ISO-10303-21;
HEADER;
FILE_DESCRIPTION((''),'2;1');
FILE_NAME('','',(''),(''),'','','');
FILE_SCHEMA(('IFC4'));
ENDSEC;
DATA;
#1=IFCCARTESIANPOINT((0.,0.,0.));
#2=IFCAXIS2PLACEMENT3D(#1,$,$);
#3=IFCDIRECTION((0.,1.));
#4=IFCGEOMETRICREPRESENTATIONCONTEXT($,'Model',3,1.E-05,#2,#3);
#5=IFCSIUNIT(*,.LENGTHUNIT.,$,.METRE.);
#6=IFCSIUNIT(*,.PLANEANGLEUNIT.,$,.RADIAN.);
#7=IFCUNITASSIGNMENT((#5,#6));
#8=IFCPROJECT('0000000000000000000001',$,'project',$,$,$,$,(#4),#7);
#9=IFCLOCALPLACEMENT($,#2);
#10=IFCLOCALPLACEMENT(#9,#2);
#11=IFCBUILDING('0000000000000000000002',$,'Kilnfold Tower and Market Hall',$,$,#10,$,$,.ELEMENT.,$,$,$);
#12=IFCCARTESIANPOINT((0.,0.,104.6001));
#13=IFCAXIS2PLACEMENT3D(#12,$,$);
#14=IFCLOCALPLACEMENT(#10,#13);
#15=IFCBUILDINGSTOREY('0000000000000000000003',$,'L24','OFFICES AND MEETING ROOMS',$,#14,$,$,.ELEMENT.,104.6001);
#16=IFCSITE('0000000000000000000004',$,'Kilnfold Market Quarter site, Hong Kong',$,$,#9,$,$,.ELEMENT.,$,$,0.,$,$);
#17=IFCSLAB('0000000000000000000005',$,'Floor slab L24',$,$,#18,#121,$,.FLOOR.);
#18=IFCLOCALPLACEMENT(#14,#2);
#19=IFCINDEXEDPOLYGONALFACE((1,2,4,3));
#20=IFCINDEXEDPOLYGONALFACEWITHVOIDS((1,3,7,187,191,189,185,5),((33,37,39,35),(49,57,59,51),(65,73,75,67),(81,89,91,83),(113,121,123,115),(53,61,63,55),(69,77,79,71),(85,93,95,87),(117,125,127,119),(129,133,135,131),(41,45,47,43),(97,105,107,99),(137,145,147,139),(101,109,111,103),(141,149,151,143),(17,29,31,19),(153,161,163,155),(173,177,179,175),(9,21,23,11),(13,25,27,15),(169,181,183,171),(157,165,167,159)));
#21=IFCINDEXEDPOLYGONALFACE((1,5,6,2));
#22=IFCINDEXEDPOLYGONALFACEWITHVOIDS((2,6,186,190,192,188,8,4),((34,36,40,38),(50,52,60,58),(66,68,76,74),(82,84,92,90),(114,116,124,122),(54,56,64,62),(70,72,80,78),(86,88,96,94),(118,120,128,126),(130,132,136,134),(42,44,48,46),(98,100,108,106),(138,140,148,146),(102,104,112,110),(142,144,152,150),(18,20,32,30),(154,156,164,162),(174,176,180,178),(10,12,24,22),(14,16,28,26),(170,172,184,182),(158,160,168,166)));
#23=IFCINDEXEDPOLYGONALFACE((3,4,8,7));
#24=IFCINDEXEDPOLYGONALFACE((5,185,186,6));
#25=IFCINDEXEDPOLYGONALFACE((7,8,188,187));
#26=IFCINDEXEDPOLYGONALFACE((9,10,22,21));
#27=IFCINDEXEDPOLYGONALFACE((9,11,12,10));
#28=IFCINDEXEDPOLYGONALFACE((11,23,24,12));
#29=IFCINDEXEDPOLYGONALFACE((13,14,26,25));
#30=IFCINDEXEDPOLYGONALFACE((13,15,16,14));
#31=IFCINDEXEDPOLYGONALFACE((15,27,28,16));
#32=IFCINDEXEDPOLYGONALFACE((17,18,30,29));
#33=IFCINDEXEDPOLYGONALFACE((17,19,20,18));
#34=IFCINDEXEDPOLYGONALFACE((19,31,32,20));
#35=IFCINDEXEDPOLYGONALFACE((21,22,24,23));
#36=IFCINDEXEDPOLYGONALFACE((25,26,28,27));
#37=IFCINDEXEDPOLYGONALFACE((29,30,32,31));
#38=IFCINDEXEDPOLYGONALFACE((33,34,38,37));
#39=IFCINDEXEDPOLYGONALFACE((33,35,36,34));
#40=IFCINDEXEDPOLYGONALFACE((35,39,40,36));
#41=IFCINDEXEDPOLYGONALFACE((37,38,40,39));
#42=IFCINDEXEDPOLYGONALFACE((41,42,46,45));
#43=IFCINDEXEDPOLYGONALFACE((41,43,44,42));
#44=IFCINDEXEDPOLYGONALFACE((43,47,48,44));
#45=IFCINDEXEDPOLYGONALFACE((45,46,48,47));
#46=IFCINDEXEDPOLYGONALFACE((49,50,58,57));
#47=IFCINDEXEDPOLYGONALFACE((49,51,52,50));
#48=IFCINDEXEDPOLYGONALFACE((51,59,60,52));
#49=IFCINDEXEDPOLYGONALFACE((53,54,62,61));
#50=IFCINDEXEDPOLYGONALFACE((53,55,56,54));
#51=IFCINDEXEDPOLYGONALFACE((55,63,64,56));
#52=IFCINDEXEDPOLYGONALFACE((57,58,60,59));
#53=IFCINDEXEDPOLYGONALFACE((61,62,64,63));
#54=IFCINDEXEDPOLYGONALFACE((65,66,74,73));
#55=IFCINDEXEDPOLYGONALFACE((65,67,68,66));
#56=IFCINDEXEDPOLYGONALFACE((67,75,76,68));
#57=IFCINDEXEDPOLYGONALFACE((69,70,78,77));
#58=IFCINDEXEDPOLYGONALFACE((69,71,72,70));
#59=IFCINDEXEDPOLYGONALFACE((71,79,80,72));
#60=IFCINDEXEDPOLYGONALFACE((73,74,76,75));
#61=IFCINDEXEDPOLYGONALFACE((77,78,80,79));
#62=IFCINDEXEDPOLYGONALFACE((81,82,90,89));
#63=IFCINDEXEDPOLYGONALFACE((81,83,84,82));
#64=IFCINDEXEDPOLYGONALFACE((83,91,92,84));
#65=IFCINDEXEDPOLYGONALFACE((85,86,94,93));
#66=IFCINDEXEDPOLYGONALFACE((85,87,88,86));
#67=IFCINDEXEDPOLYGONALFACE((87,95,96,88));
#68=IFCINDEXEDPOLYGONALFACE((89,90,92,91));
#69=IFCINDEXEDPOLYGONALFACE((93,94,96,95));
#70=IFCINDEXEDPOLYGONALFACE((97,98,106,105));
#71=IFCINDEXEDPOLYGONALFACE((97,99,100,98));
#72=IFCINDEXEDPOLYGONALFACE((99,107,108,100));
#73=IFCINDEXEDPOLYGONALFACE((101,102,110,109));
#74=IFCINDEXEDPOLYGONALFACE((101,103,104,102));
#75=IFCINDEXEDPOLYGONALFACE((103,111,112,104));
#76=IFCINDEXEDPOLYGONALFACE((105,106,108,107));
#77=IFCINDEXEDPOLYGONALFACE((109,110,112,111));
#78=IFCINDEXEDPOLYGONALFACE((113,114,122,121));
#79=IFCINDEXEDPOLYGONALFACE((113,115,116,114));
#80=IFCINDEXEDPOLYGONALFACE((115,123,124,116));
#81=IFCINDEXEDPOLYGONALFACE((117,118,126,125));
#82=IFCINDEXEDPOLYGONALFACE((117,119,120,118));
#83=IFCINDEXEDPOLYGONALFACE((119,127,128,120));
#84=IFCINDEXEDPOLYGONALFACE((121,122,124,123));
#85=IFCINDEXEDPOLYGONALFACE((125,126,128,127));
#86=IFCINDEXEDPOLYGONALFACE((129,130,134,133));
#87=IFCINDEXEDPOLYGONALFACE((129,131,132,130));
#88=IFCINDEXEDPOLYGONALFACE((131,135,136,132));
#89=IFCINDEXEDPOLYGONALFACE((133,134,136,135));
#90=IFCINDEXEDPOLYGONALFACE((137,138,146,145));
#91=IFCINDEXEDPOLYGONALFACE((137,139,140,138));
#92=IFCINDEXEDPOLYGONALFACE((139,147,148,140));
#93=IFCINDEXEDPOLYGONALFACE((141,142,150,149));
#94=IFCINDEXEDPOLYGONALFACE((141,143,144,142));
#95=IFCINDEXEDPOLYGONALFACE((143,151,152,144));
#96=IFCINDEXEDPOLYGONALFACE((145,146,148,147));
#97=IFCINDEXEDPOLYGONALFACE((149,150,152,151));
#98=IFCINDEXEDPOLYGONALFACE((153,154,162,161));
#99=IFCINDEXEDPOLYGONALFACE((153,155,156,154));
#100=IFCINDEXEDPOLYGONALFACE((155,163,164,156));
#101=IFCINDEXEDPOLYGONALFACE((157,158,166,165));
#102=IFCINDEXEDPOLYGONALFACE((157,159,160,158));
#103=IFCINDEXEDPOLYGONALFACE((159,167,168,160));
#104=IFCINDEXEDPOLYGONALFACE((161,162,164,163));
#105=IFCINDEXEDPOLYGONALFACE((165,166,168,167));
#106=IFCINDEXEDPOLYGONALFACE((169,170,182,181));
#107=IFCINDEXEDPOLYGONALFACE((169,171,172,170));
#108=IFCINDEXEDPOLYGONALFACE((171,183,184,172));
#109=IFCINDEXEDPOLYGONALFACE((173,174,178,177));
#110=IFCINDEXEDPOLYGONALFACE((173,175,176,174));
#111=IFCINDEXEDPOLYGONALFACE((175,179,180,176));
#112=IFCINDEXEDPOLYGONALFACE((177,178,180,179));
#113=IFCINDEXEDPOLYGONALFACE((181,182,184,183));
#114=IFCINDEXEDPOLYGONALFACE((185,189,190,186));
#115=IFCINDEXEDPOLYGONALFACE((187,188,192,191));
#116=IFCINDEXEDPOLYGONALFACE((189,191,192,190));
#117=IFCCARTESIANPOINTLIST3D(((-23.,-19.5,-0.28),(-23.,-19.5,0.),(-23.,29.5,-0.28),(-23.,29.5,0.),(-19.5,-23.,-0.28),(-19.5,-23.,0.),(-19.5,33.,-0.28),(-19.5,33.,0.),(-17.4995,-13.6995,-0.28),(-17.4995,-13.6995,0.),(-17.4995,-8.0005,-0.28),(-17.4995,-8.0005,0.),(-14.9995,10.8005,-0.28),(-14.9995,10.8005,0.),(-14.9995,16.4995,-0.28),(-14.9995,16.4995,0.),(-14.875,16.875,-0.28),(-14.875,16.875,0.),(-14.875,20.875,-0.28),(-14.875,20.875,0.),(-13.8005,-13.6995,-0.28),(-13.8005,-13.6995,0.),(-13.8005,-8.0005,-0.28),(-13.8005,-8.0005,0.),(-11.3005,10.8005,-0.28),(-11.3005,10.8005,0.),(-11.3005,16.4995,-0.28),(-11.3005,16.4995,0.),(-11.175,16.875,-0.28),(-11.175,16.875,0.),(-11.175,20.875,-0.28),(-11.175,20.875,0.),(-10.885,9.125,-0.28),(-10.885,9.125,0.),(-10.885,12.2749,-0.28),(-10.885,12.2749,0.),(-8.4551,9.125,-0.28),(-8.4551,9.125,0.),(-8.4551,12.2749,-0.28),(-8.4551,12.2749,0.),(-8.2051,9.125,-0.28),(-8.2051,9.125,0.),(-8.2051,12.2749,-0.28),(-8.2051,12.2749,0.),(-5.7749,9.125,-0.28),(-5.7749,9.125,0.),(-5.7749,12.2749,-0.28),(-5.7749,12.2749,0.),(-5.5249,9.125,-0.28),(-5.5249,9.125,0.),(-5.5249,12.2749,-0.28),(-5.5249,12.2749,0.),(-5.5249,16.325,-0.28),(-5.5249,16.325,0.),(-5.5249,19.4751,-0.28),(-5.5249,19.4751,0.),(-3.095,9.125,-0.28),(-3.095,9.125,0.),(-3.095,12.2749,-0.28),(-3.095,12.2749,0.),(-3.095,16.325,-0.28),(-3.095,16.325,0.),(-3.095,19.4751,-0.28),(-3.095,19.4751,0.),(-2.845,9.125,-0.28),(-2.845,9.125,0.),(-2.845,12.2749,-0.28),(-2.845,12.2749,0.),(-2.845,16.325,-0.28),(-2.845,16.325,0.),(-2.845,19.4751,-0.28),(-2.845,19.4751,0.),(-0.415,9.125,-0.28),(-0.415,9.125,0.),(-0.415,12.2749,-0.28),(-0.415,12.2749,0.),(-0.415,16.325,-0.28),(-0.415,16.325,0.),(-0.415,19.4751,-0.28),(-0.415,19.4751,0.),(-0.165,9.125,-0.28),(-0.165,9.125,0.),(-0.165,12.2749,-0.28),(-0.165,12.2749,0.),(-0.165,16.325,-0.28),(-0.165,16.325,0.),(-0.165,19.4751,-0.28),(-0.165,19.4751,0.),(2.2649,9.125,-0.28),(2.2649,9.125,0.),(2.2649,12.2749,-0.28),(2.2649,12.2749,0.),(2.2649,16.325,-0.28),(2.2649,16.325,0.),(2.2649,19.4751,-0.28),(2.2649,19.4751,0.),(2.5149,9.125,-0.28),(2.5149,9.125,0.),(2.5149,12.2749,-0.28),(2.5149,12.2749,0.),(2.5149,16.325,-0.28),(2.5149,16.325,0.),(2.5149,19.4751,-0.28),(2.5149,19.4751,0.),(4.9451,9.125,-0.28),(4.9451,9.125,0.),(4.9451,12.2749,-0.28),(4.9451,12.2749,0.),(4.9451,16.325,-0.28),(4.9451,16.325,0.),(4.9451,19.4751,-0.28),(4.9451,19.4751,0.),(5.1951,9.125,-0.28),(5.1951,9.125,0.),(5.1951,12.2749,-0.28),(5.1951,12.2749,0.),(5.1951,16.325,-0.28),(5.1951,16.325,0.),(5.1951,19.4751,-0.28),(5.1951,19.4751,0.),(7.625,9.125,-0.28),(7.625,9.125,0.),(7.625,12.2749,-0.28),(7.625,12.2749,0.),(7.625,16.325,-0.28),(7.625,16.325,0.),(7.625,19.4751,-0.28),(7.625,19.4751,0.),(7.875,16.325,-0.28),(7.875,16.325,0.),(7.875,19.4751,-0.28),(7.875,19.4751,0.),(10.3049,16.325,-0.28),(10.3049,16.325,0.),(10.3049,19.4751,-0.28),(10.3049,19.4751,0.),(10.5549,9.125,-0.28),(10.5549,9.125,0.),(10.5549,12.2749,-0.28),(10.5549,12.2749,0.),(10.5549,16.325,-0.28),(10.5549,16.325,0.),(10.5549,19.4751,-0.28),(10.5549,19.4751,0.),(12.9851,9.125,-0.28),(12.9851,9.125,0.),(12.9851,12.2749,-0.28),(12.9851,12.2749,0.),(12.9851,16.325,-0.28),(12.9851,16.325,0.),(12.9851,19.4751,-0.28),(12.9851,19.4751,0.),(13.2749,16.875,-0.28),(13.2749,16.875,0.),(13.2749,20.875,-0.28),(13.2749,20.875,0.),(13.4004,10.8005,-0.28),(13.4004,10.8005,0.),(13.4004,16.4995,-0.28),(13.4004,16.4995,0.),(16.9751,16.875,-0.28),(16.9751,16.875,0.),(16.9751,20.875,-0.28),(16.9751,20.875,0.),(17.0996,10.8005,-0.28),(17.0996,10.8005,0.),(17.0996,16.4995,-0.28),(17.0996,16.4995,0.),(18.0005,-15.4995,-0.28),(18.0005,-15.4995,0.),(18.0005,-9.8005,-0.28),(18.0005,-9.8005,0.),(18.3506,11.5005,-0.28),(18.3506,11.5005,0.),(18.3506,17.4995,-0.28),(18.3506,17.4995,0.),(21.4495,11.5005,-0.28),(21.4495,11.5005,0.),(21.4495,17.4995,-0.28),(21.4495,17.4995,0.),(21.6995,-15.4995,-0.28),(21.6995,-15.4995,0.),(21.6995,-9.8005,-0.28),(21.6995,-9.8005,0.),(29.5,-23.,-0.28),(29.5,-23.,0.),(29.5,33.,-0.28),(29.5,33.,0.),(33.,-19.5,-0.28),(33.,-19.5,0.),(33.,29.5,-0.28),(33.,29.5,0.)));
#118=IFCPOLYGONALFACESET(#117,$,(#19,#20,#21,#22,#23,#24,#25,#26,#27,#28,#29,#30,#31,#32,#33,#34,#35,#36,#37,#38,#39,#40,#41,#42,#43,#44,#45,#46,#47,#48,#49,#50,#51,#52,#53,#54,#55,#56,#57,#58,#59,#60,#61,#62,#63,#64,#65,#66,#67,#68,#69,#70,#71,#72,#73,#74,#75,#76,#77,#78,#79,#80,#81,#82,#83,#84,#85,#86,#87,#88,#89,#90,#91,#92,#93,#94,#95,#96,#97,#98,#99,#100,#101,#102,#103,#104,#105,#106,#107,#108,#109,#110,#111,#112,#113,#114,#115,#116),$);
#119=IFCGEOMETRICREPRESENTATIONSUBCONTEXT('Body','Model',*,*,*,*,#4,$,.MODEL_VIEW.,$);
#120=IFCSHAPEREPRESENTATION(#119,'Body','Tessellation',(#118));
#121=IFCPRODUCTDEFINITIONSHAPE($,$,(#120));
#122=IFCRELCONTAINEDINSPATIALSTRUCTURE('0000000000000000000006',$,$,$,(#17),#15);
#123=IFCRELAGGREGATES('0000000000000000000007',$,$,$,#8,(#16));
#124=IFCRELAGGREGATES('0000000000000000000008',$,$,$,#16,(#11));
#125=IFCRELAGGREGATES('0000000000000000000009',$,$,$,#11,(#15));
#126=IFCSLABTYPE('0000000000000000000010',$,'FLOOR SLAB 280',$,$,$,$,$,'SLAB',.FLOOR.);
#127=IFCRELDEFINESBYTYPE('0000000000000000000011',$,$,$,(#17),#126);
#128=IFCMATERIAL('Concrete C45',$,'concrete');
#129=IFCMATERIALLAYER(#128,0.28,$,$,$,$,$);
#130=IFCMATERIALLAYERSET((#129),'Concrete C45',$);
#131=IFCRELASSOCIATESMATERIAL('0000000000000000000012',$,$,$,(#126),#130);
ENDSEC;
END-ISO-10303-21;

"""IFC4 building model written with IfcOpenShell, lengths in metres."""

from ifc_helpers import new_model, si_unit, direction, frame, origin, place, context, subcontext, project, spatial, polyline, outline, extrude, source, transform, mapped, material, layer, layer_set, type_object, element, save


model = new_model("IFC4")

# Units and contexts
model_context = context("Model", 3, precision=1e-05, world=origin(), true_north=direction((0.0, 1.0)))
body_context = subcontext(model_context, "Body", "Model", "MODEL_VIEW")
ifc_project = project(units=[si_unit("LENGTHUNIT", "METRE"), si_unit("PLANEANGLEUNIT", "RADIAN")], contexts=[model_context])

# Site, building, storey
site_placement = place(None, origin())
site = spatial("IfcSite", under=ifc_project, at=site_placement, Name="Kilnfold Market Quarter site, Hong Kong", CompositionType="ELEMENT", RefElevation=0.0)
building_placement = place(site_placement, origin())
building = spatial("IfcBuilding", under=site, at=building_placement, Name="Kilnfold Tower and Market Hall", CompositionType="ELEMENT")
storey_placement = place(building_placement, frame((0.0, 0.0, 104.6001)))
storey = spatial("IfcBuildingStorey", under=building, at=storey_placement, Name="L24", Description="OFFICES AND MEETING ROOMS", CompositionType="ELEMENT", Elevation=104.6001)

# Slab
ifc_material_1 = material(Name="Concrete C45", Category="concrete")
ifc_layer_1 = layer(ifc_material_1, 0.28)
ifc_layer_set_1 = layer_set([ifc_layer_1], Name="Concrete C45")
slab_type_1 = type_object("IfcSlabType", Name="FLOOR SLAB 280", ElementType="SLAB", PredefinedType="FLOOR", material=ifc_layer_set_1)
shared_shape_1 = source(origin(), body_context, "Body", "SweptSolid", [
    extrude(outline(polyline([(-19.5, -23.0), (29.5, -23.0), (33.0, -19.5), (33.0, 29.5), (29.5, 33.0), (-19.5, 33.0), (-23.0, 29.5), (-23.0, -19.5), (-19.5, -23.0)]), holes=[polyline([(-13.8005, -13.6995), (-17.4995, -13.6995), (-17.4995, -8.0005), (-13.8005, -8.0005), (-13.8005, -13.6995)]), polyline([(-14.9995, 10.8005), (-14.9995, 16.4995), (-11.3005, 16.4995), (-11.3005, 10.8005), (-14.9995, 10.8005)]), polyline([(-14.875, 16.875), (-14.875, 20.875), (-11.175, 20.875), (-11.175, 16.875), (-14.875, 16.875)]), polyline([(-8.4551, 9.125), (-10.885, 9.125), (-10.885, 12.2749), (-8.4551, 12.2749), (-8.4551, 9.125)]), polyline([(-5.7749, 9.125), (-8.2051, 9.125), (-8.2051, 12.2749), (-5.7749, 12.2749), (-5.7749, 9.125)]), polyline([(-5.5249, 9.125), (-5.5249, 12.2749), (-3.095, 12.2749), (-3.095, 9.125), (-5.5249, 9.125)]), polyline([(-5.5249, 16.325), (-5.5249, 19.4751), (-3.095, 19.4751), (-3.095, 16.325), (-5.5249, 16.325)]), polyline([(-2.845, 9.125), (-2.845, 12.2749), (-0.415, 12.2749), (-0.415, 9.125), (-2.845, 9.125)]), polyline([(-0.415, 16.325), (-2.845, 16.325), (-2.845, 19.4751), (-0.415, 19.4751), (-0.415, 16.325)]), polyline([(2.2649, 9.125), (-0.165, 9.125), (-0.165, 12.2749), (2.2649, 12.2749), (2.2649, 9.125)]), polyline([(-0.165, 16.325), (-0.165, 19.4751), (2.2649, 19.4751), (2.2649, 16.325), (-0.165, 16.325)]), polyline([(4.9451, 9.125), (2.5149, 9.125), (2.5149, 12.2749), (4.9451, 12.2749), (4.9451, 9.125)]), polyline([(2.5149, 16.325), (2.5149, 19.4751), (4.9451, 19.4751), (4.9451, 16.325), (2.5149, 16.325)]), polyline([(7.625, 9.125), (5.1951, 9.125), (5.1951, 12.2749), (7.625, 12.2749), (7.625, 9.125)]), polyline([(5.1951, 16.325), (5.1951, 19.4751), (7.625, 19.4751), (7.625, 16.325), (5.1951, 16.325)]), polyline([(10.3049, 16.325), (7.875, 16.325), (7.875, 19.4751), (10.3049, 19.4751), (10.3049, 16.325)]), polyline([(10.5549, 9.125), (10.5549, 12.2749), (12.9851, 12.2749), (12.9851, 9.125), (10.5549, 9.125)]), polyline([(10.5549, 16.325), (10.5549, 19.4751), (12.9851, 19.4751), (12.9851, 16.325), (10.5549, 16.325)]), polyline([(13.2749, 16.875), (13.2749, 20.875), (16.9751, 20.875), (16.9751, 16.875), (13.2749, 16.875)]), polyline([(13.4004, 10.8005), (13.4004, 16.4995), (17.0996, 16.4995), (17.0996, 10.8005), (13.4004, 10.8005)]), polyline([(18.0005, -9.8005), (21.6995, -9.8005), (21.6995, -15.4995), (18.0005, -15.4995), (18.0005, -9.8005)]), polyline([(21.4495, 11.5005), (18.3506, 11.5005), (18.3506, 17.4995), (21.4495, 17.4995), (21.4495, 11.5005)])]), origin(), (0.0, 0.0, 1.0), 0.28),
])
slab_1_placement = place(storey_placement, frame((0.0, 0.0, -0.28)))
element("IfcSlab", 1, at=slab_1_placement, inside=storey, type_object=slab_type_1, Name="Floor slab L24", PredefinedType="FLOOR", context=body_context, shape_type="MappedRepresentation", body=[
    mapped(shared_shape_1, transform((0.0, 0.0, 0.0))),
])

save(model, "model.ifc")
